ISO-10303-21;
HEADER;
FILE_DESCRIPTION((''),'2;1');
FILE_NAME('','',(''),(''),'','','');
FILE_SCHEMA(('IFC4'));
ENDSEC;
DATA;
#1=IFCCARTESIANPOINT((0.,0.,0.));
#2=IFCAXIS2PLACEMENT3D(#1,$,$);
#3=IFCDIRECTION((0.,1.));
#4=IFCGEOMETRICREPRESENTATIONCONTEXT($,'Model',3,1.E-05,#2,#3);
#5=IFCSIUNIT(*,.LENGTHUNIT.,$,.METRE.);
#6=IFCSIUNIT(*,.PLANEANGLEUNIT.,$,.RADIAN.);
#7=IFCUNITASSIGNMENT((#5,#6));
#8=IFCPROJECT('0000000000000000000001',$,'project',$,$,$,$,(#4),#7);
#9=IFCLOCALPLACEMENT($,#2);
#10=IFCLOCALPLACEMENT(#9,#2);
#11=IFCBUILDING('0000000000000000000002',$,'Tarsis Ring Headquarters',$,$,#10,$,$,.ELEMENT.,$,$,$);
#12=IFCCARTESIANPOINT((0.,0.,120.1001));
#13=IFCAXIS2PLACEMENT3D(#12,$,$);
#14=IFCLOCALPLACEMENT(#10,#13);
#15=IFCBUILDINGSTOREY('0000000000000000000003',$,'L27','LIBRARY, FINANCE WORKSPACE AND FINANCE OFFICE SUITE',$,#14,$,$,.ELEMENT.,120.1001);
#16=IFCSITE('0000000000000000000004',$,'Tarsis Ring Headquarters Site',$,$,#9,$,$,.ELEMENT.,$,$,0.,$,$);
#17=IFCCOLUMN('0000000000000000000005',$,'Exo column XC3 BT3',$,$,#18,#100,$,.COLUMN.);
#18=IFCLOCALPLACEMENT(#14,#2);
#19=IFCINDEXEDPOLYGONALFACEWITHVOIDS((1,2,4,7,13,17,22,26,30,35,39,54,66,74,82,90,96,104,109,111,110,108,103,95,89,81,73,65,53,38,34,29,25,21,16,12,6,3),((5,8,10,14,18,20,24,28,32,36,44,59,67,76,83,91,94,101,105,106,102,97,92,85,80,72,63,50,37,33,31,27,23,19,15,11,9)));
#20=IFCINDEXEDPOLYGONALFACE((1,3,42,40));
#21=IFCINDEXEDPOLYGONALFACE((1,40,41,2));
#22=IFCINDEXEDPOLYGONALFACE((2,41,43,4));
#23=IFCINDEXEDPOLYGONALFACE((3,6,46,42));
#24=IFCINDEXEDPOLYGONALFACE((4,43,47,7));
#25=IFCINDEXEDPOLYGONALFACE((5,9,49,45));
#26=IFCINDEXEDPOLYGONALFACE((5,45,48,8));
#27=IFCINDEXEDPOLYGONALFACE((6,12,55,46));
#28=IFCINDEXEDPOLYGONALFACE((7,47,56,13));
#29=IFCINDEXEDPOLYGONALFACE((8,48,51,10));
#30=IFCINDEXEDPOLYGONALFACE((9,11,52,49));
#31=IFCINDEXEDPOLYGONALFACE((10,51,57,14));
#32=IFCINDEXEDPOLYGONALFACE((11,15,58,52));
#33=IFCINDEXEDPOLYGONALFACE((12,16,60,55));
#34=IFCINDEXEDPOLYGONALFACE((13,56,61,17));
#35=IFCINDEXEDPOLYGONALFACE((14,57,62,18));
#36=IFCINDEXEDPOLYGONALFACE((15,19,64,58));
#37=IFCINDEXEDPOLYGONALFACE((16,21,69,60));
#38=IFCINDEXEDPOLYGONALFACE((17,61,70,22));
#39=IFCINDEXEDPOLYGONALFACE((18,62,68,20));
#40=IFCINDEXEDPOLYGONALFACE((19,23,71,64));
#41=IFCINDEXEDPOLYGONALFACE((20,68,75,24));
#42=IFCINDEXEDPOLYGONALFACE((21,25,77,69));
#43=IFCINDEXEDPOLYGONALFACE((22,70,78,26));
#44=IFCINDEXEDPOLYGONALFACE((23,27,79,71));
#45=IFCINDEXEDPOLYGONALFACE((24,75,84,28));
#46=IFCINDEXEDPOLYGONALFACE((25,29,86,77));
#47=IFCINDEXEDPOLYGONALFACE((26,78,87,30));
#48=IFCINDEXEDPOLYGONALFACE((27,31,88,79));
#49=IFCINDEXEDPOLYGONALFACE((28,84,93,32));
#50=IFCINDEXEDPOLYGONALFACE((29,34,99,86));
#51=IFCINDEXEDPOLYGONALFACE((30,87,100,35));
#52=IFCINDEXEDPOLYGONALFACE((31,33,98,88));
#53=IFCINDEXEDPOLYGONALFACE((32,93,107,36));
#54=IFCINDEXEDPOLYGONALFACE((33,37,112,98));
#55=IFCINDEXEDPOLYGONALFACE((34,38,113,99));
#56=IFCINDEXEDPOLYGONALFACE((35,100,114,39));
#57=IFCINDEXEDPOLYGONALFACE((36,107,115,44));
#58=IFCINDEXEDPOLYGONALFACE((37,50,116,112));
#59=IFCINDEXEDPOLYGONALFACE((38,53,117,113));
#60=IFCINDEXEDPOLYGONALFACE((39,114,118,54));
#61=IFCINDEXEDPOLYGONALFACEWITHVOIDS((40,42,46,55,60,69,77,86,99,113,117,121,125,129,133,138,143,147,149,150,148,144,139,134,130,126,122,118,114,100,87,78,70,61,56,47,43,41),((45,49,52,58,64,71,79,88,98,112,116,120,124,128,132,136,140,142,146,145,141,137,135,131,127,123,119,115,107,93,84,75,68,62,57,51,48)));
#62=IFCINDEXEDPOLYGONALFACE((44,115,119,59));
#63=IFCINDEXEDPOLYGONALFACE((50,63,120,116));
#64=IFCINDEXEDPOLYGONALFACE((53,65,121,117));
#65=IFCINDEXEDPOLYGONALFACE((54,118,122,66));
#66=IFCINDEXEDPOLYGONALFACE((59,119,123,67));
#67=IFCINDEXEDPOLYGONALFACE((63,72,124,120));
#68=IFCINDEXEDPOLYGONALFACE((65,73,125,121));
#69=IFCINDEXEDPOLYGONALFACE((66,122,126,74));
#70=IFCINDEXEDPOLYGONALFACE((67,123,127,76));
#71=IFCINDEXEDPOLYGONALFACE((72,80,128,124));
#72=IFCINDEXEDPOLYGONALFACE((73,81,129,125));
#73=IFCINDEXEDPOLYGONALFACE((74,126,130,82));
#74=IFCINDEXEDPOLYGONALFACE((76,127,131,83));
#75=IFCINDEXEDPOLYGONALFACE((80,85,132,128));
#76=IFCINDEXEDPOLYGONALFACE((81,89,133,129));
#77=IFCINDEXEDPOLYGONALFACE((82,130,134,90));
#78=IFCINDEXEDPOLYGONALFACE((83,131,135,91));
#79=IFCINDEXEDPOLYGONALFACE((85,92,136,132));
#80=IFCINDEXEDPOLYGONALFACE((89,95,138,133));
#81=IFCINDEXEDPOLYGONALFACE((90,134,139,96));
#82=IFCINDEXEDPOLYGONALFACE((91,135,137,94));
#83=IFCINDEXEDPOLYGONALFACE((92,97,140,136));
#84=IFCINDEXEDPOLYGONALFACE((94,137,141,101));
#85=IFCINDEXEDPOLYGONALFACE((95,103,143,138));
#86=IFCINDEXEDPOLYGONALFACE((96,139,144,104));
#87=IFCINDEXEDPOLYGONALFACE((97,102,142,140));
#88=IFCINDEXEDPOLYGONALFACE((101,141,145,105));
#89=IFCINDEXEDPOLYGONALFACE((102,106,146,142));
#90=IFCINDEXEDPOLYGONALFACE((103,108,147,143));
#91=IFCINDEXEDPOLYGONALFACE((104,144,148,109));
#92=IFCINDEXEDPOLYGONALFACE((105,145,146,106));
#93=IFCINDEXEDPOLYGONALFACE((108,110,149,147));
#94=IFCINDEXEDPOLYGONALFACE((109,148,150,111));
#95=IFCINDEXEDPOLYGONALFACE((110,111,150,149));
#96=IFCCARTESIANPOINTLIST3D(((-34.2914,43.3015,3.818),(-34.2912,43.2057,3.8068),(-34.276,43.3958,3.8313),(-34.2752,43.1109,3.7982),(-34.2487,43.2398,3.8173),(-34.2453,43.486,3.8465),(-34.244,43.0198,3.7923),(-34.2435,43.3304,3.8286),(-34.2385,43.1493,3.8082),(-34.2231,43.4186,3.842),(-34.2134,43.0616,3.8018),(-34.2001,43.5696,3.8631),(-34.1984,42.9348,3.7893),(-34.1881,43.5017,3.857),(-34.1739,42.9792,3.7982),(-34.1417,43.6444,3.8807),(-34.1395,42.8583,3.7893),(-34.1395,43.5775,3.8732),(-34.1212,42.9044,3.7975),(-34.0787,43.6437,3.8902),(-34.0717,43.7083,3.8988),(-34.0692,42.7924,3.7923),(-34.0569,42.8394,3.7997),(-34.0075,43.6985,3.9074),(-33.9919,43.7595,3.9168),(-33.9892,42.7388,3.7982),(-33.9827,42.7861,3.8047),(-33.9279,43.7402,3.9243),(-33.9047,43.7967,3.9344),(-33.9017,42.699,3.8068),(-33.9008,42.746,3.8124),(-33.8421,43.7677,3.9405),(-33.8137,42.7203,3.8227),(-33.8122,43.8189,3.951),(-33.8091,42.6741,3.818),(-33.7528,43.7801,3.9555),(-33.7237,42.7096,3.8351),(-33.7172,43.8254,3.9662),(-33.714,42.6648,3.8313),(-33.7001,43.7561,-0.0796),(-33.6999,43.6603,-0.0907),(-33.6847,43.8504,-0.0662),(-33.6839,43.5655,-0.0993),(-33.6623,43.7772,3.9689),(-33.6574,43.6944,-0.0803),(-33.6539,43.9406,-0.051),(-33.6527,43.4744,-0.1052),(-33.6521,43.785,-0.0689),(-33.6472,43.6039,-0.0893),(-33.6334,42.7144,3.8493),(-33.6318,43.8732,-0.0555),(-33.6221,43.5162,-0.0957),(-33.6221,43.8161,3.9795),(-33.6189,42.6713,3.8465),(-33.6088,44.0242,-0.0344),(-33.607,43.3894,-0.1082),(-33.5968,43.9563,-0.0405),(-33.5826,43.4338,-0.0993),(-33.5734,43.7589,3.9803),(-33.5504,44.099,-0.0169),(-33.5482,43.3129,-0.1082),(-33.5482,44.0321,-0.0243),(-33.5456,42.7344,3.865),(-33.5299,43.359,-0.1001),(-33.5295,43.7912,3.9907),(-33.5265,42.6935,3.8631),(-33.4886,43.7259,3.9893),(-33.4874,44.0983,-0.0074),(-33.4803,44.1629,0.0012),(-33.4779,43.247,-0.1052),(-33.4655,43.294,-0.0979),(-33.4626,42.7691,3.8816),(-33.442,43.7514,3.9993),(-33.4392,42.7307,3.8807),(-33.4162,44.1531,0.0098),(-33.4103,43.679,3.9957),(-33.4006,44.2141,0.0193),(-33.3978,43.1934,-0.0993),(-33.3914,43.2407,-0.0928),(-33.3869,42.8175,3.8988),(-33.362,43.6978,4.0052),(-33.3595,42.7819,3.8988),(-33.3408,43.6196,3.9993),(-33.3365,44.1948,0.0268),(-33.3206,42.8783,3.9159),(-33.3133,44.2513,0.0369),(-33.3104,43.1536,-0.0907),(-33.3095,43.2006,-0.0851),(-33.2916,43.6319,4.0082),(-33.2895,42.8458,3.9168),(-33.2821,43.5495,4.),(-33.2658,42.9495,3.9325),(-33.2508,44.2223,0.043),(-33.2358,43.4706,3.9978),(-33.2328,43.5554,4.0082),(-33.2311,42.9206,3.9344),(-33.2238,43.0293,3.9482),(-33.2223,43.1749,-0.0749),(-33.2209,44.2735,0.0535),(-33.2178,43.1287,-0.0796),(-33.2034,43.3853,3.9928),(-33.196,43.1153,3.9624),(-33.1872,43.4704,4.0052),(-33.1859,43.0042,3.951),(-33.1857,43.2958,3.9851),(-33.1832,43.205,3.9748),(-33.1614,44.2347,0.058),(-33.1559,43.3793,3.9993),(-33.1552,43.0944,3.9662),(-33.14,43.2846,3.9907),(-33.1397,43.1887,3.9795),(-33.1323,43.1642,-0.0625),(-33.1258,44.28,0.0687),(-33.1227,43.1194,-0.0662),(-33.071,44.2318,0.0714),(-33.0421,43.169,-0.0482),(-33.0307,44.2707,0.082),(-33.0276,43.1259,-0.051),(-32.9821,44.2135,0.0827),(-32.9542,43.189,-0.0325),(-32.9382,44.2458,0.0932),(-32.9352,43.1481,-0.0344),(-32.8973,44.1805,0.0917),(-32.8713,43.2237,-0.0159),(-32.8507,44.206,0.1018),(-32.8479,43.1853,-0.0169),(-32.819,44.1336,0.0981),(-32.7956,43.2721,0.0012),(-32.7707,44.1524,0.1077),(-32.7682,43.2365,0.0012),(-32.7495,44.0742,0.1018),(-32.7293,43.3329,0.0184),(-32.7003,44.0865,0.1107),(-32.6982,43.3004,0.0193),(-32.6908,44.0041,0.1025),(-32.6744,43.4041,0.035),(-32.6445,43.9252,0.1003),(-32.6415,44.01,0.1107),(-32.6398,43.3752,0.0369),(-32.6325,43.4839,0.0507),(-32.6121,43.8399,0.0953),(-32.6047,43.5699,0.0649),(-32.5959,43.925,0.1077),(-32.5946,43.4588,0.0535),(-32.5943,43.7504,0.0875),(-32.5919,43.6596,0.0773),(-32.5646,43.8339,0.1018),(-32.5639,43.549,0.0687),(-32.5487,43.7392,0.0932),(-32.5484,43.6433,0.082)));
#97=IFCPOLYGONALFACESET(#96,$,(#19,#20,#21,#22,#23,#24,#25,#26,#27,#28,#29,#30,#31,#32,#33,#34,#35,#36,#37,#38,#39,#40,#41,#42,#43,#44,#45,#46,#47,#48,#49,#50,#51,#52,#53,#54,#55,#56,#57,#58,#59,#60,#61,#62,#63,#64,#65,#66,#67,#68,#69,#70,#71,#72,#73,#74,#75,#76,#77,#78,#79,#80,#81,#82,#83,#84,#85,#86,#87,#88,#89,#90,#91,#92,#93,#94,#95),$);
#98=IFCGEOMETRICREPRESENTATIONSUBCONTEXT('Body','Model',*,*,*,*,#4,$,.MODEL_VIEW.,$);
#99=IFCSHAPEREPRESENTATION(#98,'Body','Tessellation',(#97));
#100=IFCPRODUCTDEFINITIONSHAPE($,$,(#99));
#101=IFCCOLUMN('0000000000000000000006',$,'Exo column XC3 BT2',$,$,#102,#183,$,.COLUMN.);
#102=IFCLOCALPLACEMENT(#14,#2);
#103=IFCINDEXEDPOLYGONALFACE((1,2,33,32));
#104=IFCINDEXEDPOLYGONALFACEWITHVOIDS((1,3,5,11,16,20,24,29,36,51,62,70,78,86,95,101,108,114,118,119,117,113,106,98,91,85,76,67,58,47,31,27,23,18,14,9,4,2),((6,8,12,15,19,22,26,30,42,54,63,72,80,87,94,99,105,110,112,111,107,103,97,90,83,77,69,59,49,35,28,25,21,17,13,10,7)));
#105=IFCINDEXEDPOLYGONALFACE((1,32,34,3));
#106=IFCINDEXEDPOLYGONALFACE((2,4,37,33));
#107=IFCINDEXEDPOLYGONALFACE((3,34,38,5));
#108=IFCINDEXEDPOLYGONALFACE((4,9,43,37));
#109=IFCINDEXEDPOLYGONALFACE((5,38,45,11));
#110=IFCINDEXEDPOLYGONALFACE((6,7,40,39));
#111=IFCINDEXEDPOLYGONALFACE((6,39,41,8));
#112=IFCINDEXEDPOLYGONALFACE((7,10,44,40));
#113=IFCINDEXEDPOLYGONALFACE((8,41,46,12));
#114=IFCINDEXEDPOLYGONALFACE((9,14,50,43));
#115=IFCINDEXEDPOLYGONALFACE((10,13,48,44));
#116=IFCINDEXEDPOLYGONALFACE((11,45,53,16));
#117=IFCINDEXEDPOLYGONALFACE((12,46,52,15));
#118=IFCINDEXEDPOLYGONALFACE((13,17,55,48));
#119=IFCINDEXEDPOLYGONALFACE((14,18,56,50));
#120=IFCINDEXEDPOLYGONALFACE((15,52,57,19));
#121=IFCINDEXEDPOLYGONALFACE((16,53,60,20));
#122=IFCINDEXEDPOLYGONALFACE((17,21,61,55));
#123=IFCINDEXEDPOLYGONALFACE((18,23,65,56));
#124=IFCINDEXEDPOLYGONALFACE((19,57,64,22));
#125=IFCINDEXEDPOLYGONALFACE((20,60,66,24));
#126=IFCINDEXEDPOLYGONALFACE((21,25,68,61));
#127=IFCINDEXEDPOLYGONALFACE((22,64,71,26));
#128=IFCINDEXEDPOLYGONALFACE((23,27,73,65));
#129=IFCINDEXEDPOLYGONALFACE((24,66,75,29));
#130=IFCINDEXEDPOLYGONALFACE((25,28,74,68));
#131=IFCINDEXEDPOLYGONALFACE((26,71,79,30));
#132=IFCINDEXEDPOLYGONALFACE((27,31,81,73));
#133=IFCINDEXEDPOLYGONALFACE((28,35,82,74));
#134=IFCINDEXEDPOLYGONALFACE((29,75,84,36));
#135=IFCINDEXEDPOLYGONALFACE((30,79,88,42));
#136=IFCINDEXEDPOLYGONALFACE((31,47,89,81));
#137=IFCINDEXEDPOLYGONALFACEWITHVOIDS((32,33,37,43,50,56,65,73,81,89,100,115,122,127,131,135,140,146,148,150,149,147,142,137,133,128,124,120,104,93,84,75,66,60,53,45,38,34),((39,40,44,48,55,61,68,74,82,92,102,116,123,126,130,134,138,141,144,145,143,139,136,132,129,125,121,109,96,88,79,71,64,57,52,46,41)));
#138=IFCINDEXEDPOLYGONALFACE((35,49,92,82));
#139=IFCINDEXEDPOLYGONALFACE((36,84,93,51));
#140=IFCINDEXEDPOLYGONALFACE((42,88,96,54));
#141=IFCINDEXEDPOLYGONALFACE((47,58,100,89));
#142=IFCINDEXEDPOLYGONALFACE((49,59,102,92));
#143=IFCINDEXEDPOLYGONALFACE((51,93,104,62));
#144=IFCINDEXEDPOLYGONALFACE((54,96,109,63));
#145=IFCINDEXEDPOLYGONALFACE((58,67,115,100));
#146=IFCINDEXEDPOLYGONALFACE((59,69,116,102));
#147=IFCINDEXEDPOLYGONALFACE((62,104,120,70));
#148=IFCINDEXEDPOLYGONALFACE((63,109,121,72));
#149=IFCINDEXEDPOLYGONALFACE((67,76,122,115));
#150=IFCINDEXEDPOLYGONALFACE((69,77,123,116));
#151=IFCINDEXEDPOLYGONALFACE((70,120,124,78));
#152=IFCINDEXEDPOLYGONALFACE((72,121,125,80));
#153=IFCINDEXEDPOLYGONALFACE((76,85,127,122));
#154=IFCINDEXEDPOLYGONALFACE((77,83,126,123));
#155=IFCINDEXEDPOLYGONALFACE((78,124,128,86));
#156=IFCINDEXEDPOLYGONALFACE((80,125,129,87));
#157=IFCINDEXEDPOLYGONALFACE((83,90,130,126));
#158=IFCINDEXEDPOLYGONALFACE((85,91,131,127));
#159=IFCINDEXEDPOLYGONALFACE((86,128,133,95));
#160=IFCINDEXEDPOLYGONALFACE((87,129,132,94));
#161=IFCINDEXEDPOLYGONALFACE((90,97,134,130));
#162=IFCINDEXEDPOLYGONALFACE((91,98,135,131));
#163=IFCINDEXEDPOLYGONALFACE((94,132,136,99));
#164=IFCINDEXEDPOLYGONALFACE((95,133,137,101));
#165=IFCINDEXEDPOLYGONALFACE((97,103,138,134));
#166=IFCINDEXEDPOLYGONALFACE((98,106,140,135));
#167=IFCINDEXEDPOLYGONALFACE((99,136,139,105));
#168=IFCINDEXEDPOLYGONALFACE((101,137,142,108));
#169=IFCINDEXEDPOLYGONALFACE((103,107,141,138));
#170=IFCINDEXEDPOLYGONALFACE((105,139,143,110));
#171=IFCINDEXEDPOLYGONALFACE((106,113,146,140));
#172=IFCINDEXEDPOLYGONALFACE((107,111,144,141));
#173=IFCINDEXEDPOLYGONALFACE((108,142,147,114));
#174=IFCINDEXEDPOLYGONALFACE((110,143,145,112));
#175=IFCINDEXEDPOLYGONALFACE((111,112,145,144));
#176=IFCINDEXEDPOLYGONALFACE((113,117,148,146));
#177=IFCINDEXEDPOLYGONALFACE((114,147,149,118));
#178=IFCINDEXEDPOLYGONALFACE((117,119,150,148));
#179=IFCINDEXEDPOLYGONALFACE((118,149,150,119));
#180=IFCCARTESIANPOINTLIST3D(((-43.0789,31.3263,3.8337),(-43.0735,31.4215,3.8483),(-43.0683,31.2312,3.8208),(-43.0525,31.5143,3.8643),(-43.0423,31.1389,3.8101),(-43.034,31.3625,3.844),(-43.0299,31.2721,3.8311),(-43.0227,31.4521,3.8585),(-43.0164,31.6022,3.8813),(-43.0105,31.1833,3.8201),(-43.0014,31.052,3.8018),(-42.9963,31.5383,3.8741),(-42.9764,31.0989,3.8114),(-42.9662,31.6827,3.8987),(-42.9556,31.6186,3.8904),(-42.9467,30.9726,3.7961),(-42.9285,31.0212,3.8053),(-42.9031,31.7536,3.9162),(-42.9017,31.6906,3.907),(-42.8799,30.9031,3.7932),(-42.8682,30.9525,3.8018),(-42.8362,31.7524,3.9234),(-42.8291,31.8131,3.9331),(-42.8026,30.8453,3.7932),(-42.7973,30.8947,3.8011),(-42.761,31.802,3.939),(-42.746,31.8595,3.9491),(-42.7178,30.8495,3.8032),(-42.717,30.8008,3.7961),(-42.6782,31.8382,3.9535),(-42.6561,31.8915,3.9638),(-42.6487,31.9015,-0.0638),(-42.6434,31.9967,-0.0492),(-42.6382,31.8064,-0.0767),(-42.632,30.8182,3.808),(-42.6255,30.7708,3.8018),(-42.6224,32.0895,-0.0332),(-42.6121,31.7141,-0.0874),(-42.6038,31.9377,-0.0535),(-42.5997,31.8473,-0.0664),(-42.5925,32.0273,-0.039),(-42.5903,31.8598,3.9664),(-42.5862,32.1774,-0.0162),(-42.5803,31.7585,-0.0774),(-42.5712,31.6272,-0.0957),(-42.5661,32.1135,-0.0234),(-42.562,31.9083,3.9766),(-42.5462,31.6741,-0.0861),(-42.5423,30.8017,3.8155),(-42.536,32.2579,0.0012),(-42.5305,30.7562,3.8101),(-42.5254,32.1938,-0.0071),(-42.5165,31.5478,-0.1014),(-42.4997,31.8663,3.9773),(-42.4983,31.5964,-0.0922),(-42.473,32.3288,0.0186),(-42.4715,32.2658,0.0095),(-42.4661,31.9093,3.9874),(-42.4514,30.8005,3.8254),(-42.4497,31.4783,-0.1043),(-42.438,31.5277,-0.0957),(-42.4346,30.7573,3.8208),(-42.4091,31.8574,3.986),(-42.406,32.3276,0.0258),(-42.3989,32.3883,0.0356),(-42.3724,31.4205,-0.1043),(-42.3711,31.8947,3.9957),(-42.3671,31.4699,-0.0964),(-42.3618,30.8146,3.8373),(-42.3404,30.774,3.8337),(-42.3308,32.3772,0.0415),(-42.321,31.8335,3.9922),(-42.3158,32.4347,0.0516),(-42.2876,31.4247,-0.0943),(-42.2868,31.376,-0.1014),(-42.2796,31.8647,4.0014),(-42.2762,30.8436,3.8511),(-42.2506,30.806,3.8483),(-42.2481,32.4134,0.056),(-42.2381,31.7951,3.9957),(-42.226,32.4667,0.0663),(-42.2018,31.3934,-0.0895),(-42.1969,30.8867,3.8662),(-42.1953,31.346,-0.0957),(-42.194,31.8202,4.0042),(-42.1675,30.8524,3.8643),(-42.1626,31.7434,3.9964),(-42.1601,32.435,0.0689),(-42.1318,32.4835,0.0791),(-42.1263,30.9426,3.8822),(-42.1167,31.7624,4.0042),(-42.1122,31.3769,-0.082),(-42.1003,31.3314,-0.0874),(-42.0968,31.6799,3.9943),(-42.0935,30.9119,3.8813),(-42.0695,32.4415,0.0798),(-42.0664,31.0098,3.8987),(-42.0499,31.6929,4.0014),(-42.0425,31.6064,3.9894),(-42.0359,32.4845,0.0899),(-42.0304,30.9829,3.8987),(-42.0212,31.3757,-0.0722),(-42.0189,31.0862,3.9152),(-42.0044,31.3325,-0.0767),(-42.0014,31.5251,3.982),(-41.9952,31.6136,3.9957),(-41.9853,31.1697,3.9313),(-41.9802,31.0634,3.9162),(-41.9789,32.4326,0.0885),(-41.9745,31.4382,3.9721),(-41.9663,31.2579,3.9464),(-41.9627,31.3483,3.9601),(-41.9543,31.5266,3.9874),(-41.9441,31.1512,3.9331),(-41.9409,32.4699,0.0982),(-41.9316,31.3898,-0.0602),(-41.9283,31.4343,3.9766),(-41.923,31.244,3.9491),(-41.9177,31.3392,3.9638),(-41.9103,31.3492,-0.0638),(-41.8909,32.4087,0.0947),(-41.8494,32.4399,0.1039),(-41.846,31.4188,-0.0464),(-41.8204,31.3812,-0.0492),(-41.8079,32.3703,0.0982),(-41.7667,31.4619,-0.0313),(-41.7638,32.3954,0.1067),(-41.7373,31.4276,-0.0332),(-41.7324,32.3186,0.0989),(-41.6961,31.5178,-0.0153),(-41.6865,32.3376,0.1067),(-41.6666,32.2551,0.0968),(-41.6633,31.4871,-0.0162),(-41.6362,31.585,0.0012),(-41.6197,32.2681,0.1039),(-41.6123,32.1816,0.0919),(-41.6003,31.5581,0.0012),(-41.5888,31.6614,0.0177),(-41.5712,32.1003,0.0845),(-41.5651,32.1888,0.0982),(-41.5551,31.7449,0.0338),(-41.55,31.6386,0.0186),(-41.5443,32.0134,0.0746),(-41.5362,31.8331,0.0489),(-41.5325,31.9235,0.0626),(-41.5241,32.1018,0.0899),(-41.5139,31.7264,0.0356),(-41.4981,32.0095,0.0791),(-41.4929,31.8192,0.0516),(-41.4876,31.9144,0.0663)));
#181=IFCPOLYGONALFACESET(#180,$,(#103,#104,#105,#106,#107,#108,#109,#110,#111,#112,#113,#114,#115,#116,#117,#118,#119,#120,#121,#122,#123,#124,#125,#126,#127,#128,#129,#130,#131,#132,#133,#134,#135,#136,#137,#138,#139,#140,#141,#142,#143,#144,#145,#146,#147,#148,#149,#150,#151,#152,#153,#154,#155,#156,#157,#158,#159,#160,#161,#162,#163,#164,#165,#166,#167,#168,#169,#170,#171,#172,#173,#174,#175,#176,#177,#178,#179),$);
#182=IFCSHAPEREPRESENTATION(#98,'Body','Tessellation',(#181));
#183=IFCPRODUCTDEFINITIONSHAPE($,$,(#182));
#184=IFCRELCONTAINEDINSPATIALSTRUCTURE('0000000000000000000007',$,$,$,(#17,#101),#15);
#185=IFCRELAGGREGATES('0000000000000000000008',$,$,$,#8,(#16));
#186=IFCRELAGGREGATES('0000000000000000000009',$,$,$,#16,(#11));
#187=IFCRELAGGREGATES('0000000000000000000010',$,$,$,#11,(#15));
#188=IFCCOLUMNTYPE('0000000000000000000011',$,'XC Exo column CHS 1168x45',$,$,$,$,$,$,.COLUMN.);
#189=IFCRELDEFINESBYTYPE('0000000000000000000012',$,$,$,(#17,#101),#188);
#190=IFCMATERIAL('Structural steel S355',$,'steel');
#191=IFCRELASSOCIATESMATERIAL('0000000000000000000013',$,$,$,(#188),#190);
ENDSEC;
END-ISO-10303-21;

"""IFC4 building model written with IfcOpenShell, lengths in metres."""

from ifc_helpers import new_model, si_unit, direction, frame, origin, origin_2d, place, context, subcontext, project, spatial, hollow_circle, extrude, material, material_profile, profile_set, type_object, element, save


model = new_model("IFC4")

# Units and contexts
model_context = context("Model", 3, precision=1e-05, world=origin(), true_north=direction((0.0, 1.0)))
body_context = subcontext(model_context, "Body", "Model", "MODEL_VIEW")
ifc_project = project(units=[si_unit("LENGTHUNIT", "METRE"), si_unit("PLANEANGLEUNIT", "RADIAN")], contexts=[model_context])

# Site, building, storey
site_placement = place(None, origin())
site = spatial("IfcSite", under=ifc_project, at=site_placement, Name="Tarsis Ring Headquarters Site", CompositionType="ELEMENT", RefElevation=0.0)
building_placement = place(site_placement, origin())
building = spatial("IfcBuilding", under=site, at=building_placement, Name="Tarsis Ring Headquarters", CompositionType="ELEMENT")
storey_placement = place(building_placement, frame((0.0, 0.0, 120.1001)))
storey = spatial("IfcBuildingStorey", under=building, at=storey_placement, Name="L27", Description="LIBRARY, FINANCE WORKSPACE AND FINANCE OFFICE SUITE", CompositionType="ELEMENT", Elevation=120.1001)

# Columns
ifc_material_1 = material(Name="Structural steel S355", Category="steel")
ifc_material_profile_1 = material_profile(ifc_material_1, hollow_circle(Radius=0.5842, WallThickness=0.0449, at=origin_2d()), Name="CHS 1168x45")
ifc_profile_set_1 = profile_set([ifc_material_profile_1], Name="Structural steel S355")
column_type = type_object("IfcColumnType", Name="XC Exo column CHS 1168x45", PredefinedType="COLUMN", material=ifc_profile_set_1)
column_1_placement = place(storey_placement, frame((-33.1243, 43.6997, 0.0012), z_axis=(-0.149012, -0.114559, 0.982177), x_axis=(0.609489, -0.792794, 0.0)))
element("IfcColumn", 1, at=column_1_placement, inside=storey, type_object=column_type, Name="Exo column XC3 BT3", PredefinedType="COLUMN", context=body_context, shape_type="SweptSolid", body=[
    extrude(hollow_circle(Radius=0.5842, WallThickness=0.0449, at=origin_2d()), origin(), (0.0, 0.0, 1.0), 3.9683),
])
column_2_placement = place(storey_placement, frame((-42.0681, 31.908, 0.0012), z_axis=(-0.108545, -0.145138, 0.983439), x_axis=(0.800815, -0.598912, 0.0)))
element("IfcColumn", 2, at=column_2_placement, inside=storey, type_object=column_type, Name="Exo column XC3 BT2", PredefinedType="COLUMN", context=body_context, shape_type="SweptSolid", body=[
    extrude(hollow_circle(Radius=0.5842, WallThickness=0.0449, at=origin_2d()), origin(), (0.0, 0.0, 1.0), 3.9631),
])

save(model, "model.ifc")
